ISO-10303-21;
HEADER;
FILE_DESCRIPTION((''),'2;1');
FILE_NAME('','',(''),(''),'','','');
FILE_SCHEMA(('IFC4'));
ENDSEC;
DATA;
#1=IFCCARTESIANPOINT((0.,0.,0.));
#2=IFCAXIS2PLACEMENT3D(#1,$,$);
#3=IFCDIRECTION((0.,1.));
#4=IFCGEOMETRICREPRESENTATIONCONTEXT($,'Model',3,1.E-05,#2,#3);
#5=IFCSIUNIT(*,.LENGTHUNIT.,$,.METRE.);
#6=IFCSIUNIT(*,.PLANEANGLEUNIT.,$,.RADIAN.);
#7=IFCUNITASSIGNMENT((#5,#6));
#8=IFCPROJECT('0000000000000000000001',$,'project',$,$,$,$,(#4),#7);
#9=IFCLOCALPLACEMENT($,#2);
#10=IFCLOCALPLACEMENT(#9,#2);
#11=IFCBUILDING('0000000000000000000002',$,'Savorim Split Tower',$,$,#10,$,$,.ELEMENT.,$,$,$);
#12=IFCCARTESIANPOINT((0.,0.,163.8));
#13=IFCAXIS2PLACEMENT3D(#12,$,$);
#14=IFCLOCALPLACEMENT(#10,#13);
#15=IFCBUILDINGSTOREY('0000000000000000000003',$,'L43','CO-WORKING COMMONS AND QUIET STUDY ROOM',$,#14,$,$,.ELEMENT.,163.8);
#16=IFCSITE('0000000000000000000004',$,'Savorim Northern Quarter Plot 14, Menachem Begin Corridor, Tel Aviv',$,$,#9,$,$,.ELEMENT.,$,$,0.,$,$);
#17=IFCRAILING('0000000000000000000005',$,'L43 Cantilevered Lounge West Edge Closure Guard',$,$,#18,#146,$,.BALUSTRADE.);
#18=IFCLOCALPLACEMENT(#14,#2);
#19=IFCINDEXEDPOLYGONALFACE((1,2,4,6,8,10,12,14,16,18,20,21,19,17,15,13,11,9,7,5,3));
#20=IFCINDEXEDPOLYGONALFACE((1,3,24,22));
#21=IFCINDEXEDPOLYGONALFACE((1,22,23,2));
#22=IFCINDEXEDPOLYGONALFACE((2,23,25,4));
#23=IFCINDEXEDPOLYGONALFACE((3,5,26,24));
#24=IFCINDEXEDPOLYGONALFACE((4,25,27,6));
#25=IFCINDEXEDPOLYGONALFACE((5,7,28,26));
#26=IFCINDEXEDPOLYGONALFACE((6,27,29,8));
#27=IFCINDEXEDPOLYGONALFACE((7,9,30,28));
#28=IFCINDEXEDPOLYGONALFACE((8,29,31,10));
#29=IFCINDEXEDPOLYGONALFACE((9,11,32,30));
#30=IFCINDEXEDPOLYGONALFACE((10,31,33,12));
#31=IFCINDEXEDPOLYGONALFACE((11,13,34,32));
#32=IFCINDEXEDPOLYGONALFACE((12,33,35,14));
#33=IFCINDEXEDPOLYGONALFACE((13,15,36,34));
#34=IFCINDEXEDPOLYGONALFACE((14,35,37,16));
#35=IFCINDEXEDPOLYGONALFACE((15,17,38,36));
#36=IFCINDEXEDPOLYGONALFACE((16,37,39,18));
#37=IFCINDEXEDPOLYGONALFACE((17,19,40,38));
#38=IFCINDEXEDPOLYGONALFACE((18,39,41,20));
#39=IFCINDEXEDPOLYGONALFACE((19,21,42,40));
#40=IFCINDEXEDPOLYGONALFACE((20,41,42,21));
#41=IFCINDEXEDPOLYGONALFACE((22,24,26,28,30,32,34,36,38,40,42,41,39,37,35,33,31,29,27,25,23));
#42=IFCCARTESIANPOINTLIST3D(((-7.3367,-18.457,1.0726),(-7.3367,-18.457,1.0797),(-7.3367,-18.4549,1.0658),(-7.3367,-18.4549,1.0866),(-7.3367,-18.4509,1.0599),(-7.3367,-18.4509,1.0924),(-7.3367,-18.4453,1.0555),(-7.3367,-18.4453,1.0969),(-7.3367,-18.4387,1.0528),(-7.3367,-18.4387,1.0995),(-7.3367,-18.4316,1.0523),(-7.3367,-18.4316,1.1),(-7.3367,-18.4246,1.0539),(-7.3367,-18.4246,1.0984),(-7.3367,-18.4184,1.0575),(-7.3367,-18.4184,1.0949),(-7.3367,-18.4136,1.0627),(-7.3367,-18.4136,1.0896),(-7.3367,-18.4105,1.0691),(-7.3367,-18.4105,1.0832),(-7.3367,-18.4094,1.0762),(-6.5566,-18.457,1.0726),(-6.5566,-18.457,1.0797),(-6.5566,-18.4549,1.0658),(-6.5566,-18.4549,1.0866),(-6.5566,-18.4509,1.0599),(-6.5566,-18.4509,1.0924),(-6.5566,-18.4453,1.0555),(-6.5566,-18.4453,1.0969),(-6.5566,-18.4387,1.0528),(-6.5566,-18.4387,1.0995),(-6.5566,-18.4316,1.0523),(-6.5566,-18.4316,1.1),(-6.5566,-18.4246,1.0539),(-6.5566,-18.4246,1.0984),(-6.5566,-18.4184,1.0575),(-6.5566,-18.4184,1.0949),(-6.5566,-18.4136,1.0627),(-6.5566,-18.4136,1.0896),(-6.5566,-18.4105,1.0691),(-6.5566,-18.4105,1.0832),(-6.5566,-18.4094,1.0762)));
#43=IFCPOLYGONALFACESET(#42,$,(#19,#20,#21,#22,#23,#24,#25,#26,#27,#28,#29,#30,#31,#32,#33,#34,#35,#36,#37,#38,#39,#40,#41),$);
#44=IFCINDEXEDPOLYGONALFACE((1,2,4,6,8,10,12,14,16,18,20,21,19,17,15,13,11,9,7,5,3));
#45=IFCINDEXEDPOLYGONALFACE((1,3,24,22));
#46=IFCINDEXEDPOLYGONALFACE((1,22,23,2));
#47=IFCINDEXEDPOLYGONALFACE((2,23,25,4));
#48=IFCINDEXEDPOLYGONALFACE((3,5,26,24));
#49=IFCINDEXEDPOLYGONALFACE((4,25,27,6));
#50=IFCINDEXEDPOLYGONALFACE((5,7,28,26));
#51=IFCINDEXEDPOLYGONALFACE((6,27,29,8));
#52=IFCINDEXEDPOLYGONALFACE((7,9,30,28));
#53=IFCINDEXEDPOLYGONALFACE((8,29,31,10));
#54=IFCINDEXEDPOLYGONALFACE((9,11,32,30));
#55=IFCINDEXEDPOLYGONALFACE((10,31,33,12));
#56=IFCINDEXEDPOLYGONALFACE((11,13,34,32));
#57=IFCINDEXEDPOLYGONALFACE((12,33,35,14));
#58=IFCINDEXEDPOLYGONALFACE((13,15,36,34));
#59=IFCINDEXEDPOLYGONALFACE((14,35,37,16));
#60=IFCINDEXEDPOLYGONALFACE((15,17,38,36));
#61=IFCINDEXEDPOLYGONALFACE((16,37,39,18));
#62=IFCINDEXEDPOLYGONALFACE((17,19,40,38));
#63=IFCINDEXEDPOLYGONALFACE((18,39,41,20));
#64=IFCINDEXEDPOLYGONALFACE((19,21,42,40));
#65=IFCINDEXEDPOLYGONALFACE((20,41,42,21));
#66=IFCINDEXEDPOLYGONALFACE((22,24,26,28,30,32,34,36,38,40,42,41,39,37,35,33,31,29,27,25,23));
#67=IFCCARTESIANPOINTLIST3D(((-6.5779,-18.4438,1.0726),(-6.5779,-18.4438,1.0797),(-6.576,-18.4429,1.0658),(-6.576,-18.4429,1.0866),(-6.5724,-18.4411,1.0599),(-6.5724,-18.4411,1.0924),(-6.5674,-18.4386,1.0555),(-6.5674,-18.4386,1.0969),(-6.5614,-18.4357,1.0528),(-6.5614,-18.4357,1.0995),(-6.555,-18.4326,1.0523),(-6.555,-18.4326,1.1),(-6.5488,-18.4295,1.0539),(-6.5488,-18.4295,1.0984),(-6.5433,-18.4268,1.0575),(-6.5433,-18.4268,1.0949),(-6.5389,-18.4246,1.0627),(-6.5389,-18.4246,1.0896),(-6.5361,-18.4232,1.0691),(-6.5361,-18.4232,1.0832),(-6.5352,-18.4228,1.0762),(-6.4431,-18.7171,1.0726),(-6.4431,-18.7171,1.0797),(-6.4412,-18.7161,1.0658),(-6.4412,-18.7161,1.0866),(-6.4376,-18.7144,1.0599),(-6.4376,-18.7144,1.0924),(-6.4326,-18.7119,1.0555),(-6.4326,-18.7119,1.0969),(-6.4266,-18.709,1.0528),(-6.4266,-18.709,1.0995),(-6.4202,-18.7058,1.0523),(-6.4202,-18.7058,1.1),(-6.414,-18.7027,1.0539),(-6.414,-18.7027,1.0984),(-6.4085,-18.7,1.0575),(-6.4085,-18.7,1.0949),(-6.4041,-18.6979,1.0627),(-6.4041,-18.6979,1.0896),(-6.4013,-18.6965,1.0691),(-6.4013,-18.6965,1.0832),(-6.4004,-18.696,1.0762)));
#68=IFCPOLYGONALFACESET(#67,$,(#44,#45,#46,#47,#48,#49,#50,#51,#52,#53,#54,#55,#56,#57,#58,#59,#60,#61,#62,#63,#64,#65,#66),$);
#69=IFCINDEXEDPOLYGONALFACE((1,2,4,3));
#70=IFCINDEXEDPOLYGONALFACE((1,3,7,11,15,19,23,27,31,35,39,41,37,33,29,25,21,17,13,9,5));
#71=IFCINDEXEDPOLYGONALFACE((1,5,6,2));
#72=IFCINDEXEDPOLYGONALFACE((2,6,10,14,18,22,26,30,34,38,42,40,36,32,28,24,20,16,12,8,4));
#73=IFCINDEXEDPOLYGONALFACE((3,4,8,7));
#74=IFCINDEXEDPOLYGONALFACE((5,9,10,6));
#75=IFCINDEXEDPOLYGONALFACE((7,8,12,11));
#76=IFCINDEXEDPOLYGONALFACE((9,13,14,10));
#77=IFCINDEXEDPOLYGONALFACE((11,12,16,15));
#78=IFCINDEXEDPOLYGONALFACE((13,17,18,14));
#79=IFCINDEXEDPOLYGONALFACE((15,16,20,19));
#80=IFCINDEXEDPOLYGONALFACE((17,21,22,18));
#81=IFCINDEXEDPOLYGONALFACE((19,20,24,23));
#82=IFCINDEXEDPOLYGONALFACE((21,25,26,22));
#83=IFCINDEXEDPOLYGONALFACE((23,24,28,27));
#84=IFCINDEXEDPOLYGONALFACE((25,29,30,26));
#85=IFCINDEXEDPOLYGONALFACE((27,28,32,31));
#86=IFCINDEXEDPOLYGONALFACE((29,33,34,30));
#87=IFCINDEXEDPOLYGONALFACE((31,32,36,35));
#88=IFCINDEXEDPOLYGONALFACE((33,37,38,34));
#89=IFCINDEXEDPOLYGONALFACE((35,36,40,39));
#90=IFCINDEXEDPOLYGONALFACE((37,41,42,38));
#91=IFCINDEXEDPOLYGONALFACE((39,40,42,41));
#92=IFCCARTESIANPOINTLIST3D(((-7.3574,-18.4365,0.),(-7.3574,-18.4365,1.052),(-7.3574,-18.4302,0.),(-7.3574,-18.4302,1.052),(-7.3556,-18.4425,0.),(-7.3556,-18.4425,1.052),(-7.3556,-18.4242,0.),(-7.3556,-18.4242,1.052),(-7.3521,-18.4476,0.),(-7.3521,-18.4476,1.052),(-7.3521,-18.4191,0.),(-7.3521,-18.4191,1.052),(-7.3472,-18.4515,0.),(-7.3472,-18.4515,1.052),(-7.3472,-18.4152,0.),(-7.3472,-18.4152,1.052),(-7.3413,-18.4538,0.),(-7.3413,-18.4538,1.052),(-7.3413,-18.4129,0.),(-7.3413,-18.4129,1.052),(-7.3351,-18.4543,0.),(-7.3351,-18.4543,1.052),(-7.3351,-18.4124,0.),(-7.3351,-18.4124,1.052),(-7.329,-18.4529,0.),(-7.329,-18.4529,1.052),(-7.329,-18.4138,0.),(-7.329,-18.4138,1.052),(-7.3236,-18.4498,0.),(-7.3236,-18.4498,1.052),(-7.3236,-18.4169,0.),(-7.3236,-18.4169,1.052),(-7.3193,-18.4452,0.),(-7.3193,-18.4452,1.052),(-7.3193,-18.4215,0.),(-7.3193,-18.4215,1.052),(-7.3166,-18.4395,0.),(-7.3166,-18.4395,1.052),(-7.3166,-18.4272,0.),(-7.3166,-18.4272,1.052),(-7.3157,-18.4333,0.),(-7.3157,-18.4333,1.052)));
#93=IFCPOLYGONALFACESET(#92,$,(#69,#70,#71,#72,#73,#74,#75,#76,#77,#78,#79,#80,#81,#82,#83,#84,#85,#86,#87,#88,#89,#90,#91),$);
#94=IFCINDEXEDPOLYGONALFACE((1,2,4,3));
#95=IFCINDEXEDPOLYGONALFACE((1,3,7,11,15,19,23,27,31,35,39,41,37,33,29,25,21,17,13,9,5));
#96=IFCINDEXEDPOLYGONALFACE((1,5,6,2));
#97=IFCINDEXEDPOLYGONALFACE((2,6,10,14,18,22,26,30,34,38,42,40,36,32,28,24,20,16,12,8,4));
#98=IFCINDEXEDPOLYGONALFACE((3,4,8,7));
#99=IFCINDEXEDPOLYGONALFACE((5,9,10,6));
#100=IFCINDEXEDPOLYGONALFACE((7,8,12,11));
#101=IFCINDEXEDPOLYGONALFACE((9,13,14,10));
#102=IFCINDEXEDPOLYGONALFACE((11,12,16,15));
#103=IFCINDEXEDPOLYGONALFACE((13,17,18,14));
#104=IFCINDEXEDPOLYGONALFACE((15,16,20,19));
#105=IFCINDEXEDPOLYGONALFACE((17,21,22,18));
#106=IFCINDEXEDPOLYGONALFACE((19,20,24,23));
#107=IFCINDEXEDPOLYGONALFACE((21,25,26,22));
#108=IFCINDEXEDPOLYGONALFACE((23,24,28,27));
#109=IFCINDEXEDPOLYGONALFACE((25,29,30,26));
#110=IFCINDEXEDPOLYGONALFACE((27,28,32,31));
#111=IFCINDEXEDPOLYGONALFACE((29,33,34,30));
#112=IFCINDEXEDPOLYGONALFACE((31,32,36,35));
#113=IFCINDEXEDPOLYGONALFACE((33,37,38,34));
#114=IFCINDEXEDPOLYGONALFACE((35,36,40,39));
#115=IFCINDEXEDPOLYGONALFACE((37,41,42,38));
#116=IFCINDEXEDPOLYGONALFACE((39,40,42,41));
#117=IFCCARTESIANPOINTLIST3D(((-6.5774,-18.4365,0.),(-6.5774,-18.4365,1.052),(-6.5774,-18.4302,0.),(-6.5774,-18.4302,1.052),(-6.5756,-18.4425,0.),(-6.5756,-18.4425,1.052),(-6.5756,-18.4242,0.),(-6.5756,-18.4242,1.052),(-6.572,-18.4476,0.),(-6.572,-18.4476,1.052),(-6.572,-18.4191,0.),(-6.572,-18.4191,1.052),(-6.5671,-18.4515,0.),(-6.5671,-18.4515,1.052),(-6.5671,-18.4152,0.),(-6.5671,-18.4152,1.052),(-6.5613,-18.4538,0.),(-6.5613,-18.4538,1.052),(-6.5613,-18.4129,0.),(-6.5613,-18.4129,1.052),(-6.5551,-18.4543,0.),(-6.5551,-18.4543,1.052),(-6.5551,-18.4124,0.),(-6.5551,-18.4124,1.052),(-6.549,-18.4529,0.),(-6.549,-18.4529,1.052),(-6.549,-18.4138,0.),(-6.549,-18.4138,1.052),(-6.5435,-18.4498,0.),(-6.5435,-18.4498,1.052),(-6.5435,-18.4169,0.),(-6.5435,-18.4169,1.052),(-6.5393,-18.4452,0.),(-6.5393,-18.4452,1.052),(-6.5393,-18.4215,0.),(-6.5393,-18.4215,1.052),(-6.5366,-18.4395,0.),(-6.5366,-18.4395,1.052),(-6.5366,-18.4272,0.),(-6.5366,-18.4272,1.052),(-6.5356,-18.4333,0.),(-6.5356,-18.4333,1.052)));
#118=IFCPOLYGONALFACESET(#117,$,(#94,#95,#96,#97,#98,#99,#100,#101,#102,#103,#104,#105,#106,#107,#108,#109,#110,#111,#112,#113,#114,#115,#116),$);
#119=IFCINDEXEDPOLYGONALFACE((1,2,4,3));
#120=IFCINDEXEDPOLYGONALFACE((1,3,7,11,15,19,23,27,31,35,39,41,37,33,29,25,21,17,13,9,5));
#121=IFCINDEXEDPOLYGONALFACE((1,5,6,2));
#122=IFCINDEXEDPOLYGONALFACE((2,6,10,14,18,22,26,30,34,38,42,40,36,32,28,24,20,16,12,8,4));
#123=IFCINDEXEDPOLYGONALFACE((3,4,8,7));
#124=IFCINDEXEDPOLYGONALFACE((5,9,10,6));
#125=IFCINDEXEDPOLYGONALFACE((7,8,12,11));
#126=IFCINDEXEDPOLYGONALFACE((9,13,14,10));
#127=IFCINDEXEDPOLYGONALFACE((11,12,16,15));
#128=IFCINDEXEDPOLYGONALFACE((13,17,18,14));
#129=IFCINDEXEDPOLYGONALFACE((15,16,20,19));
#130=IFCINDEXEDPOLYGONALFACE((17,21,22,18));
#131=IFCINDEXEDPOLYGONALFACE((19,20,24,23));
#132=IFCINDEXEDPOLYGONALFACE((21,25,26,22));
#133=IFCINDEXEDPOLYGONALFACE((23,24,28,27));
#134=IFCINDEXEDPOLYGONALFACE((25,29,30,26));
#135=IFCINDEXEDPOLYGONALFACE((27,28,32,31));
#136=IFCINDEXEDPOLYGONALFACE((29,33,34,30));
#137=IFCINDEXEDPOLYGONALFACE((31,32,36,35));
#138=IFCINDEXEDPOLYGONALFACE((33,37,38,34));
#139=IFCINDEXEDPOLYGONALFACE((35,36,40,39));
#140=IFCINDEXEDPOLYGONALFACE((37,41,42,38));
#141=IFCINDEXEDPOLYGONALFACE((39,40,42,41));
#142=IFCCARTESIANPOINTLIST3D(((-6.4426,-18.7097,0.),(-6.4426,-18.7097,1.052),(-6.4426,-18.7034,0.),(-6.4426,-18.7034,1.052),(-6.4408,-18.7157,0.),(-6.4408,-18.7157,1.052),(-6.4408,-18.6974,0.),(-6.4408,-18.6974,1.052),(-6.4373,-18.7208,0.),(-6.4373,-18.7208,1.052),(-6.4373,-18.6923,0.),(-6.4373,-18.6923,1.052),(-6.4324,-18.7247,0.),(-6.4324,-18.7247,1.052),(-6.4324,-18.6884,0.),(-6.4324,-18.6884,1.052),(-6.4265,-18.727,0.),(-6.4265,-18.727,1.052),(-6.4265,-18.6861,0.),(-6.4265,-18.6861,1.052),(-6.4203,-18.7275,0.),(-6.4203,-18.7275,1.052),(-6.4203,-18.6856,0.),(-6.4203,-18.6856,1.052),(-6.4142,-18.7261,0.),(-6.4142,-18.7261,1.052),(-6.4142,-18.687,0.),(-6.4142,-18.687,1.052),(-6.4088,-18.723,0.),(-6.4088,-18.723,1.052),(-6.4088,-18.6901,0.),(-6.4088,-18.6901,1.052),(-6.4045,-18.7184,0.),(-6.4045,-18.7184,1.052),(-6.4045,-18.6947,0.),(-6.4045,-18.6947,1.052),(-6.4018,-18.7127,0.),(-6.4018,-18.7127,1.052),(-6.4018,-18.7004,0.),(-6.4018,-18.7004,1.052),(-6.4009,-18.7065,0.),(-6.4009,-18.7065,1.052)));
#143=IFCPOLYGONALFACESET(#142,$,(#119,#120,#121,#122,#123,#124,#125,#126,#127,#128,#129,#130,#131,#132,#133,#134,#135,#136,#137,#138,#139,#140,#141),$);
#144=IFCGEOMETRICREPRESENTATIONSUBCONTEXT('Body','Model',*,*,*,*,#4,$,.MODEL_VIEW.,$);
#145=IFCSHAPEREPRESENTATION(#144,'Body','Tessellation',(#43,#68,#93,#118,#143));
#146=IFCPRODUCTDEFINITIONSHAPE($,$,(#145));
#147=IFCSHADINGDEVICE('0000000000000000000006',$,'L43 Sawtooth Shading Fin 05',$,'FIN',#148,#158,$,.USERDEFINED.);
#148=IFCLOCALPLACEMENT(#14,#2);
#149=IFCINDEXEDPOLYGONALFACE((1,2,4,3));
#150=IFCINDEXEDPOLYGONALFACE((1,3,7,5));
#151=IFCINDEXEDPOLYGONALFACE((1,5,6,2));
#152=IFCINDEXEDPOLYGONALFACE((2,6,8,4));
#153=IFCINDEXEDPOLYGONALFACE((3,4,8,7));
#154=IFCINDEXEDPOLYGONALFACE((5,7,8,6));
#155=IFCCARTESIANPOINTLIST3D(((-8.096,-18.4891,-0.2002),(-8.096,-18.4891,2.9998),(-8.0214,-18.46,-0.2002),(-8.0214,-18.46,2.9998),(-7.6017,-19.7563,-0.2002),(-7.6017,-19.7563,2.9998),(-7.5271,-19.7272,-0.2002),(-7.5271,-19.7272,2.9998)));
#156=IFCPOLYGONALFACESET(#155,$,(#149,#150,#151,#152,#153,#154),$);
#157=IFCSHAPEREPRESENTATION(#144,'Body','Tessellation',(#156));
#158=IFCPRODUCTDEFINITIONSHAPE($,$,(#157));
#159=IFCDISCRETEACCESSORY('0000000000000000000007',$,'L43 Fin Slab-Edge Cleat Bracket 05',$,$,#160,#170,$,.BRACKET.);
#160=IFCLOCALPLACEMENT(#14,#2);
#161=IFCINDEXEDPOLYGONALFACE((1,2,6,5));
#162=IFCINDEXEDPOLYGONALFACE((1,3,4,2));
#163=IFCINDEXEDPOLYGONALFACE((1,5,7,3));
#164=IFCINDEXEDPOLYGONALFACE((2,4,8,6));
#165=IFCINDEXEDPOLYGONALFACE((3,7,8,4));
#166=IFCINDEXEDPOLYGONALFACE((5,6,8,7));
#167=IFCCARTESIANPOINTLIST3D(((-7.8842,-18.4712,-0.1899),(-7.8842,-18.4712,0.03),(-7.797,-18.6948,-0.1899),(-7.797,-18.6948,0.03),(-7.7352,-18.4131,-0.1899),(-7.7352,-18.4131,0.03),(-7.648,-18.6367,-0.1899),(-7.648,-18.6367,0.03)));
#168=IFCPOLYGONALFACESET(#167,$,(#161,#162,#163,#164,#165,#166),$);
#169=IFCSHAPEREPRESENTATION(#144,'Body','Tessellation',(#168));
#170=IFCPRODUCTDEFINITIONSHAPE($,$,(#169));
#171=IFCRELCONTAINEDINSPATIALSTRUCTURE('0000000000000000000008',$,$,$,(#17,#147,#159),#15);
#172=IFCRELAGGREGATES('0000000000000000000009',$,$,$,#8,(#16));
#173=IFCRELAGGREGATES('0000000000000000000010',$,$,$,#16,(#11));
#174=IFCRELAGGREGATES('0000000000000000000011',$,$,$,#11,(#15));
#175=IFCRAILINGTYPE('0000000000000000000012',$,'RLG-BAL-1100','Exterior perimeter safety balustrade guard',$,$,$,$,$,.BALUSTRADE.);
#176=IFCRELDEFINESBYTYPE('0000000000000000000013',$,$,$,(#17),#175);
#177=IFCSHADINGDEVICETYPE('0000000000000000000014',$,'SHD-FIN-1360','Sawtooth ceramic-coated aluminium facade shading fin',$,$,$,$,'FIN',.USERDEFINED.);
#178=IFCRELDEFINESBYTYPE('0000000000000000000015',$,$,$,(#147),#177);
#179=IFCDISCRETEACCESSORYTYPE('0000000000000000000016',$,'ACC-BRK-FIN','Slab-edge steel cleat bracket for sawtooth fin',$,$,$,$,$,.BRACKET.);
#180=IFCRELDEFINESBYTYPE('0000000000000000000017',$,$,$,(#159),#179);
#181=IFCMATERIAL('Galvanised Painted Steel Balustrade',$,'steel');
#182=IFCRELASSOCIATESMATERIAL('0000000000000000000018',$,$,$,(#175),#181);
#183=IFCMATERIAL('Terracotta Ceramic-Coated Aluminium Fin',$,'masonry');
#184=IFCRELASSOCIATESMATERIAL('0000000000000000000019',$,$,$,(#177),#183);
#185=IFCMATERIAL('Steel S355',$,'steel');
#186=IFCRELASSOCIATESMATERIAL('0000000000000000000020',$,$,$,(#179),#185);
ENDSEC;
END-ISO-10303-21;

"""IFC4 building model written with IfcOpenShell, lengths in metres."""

from ifc_helpers import new_model, si_unit, direction, frame, origin, origin_2d, place, context, subcontext, project, spatial, rectangle, circle, extrude, material, type_object, element, save


model = new_model("IFC4")

# Units and contexts
model_context = context("Model", 3, precision=1e-05, world=origin(), true_north=direction((0.0, 1.0)))
body_context = subcontext(model_context, "Body", "Model", "MODEL_VIEW")
ifc_project = project(units=[si_unit("LENGTHUNIT", "METRE"), si_unit("PLANEANGLEUNIT", "RADIAN")], contexts=[model_context])

# Site, building, storey
site_placement = place(None, origin())
site = spatial("IfcSite", under=ifc_project, at=site_placement, Name="Savorim Northern Quarter Plot 14, Menachem Begin Corridor, Tel Aviv", CompositionType="ELEMENT", RefElevation=0.0)
building_placement = place(site_placement, origin())
building = spatial("IfcBuilding", under=site, at=building_placement, Name="Savorim Split Tower", CompositionType="ELEMENT")
storey_placement = place(building_placement, frame((0.0, 0.0, 163.8)))
storey = spatial("IfcBuildingStorey", under=building, at=storey_placement, Name="L43", Description="CO-WORKING COMMONS AND QUIET STUDY ROOM", CompositionType="ELEMENT", Elevation=163.8)

# Shared definitions
ifc_material_1 = material(Name="Steel S355", Category="steel")

# Railing
ifc_material_2 = material(Name="Galvanised Painted Steel Balustrade", Category="steel")
railing_type = type_object("IfcRailingType", Name="RLG-BAL-1100", Description="Exterior perimeter safety balustrade guard", PredefinedType="BALUSTRADE", material=ifc_material_2)
railing_placement = place(storey_placement, frame((-7.3367, -18.4333, 0.0)))
element("IfcRailing", 1, at=railing_placement, inside=storey, type_object=railing_type, Name="L43 Cantilevered Lounge West Edge Closure Guard", PredefinedType="BALUSTRADE", context=body_context, shape_type="SweptSolid", body=[
    extrude(circle(Radius=0.0239, at=origin_2d()), frame((0.0, 0.0, 1.0762), z_axis=(1.0, 0.0, 0.0), x_axis=(0.0, 1.0, 0.0)), (0.0, 0.0, 1.0), 0.78),
    extrude(circle(Radius=0.0239, at=origin_2d()), frame((0.78, 0.0, 1.0762), z_axis=(0.442398, -0.896819, 0.0), x_axis=(0.896819, 0.442398, 0.0)), (0.0, 0.0, 1.0), 0.3047),
    extrude(circle(Radius=0.021, at=origin_2d()), origin(), (0.0, 0.0, 1.0), 1.052),
    extrude(circle(Radius=0.021, at=origin_2d()), frame((0.78, 0.0, 0.0)), (0.0, 0.0, 1.0), 1.052),
    extrude(circle(Radius=0.021, at=origin_2d()), frame((0.9148, -0.2732, 0.0)), (0.0, 0.0, 1.0), 1.052),
])

# Shading device
ifc_material_3 = material(Name="Terracotta Ceramic-Coated Aluminium Fin", Category="masonry")
shading_device_type = type_object("IfcShadingDeviceType", Name="SHD-FIN-1360", Description="Sawtooth ceramic-coated aluminium facade shading fin", ElementType="FIN", PredefinedType="USERDEFINED", material=ifc_material_3)
shading_device_placement = place(storey_placement, frame((-7.8115, -19.1082, -0.2002), z_axis=(0.0, 0.0, 1.0), x_axis=(0.363415, -0.931627, 0.0)))
element("IfcShadingDevice", 2, at=shading_device_placement, inside=storey, type_object=shading_device_type, Name="L43 Sawtooth Shading Fin 05", ObjectType="FIN", PredefinedType="USERDEFINED", context=body_context, shape_type="SweptSolid", body=[
    extrude(rectangle(XDim=1.3601, YDim=0.0801, at=origin_2d()), origin(), (0.0, 0.0, 1.0), 3.2),
])

# Discrete accessory
discrete_accessory_type = type_object("IfcDiscreteAccessoryType", Name="ACC-BRK-FIN", Description="Slab-edge steel cleat bracket for sawtooth fin", PredefinedType="BRACKET", material=ifc_material_1)
discrete_accessory_placement = place(storey_placement, frame((-7.7661, -18.554, -0.1899), z_axis=(0.0, 0.0, 1.0), x_axis=(0.363415, -0.931627, 0.0)))
element("IfcDiscreteAccessory", 3, at=discrete_accessory_placement, inside=storey, type_object=discrete_accessory_type, Name="L43 Fin Slab-Edge Cleat Bracket 05", PredefinedType="BRACKET", context=body_context, shape_type="SweptSolid", body=[
    extrude(rectangle(XDim=0.24, YDim=0.1599, at=origin_2d()), origin(), (0.0, 0.0, 1.0), 0.22),
])

save(model, "model.ifc")
